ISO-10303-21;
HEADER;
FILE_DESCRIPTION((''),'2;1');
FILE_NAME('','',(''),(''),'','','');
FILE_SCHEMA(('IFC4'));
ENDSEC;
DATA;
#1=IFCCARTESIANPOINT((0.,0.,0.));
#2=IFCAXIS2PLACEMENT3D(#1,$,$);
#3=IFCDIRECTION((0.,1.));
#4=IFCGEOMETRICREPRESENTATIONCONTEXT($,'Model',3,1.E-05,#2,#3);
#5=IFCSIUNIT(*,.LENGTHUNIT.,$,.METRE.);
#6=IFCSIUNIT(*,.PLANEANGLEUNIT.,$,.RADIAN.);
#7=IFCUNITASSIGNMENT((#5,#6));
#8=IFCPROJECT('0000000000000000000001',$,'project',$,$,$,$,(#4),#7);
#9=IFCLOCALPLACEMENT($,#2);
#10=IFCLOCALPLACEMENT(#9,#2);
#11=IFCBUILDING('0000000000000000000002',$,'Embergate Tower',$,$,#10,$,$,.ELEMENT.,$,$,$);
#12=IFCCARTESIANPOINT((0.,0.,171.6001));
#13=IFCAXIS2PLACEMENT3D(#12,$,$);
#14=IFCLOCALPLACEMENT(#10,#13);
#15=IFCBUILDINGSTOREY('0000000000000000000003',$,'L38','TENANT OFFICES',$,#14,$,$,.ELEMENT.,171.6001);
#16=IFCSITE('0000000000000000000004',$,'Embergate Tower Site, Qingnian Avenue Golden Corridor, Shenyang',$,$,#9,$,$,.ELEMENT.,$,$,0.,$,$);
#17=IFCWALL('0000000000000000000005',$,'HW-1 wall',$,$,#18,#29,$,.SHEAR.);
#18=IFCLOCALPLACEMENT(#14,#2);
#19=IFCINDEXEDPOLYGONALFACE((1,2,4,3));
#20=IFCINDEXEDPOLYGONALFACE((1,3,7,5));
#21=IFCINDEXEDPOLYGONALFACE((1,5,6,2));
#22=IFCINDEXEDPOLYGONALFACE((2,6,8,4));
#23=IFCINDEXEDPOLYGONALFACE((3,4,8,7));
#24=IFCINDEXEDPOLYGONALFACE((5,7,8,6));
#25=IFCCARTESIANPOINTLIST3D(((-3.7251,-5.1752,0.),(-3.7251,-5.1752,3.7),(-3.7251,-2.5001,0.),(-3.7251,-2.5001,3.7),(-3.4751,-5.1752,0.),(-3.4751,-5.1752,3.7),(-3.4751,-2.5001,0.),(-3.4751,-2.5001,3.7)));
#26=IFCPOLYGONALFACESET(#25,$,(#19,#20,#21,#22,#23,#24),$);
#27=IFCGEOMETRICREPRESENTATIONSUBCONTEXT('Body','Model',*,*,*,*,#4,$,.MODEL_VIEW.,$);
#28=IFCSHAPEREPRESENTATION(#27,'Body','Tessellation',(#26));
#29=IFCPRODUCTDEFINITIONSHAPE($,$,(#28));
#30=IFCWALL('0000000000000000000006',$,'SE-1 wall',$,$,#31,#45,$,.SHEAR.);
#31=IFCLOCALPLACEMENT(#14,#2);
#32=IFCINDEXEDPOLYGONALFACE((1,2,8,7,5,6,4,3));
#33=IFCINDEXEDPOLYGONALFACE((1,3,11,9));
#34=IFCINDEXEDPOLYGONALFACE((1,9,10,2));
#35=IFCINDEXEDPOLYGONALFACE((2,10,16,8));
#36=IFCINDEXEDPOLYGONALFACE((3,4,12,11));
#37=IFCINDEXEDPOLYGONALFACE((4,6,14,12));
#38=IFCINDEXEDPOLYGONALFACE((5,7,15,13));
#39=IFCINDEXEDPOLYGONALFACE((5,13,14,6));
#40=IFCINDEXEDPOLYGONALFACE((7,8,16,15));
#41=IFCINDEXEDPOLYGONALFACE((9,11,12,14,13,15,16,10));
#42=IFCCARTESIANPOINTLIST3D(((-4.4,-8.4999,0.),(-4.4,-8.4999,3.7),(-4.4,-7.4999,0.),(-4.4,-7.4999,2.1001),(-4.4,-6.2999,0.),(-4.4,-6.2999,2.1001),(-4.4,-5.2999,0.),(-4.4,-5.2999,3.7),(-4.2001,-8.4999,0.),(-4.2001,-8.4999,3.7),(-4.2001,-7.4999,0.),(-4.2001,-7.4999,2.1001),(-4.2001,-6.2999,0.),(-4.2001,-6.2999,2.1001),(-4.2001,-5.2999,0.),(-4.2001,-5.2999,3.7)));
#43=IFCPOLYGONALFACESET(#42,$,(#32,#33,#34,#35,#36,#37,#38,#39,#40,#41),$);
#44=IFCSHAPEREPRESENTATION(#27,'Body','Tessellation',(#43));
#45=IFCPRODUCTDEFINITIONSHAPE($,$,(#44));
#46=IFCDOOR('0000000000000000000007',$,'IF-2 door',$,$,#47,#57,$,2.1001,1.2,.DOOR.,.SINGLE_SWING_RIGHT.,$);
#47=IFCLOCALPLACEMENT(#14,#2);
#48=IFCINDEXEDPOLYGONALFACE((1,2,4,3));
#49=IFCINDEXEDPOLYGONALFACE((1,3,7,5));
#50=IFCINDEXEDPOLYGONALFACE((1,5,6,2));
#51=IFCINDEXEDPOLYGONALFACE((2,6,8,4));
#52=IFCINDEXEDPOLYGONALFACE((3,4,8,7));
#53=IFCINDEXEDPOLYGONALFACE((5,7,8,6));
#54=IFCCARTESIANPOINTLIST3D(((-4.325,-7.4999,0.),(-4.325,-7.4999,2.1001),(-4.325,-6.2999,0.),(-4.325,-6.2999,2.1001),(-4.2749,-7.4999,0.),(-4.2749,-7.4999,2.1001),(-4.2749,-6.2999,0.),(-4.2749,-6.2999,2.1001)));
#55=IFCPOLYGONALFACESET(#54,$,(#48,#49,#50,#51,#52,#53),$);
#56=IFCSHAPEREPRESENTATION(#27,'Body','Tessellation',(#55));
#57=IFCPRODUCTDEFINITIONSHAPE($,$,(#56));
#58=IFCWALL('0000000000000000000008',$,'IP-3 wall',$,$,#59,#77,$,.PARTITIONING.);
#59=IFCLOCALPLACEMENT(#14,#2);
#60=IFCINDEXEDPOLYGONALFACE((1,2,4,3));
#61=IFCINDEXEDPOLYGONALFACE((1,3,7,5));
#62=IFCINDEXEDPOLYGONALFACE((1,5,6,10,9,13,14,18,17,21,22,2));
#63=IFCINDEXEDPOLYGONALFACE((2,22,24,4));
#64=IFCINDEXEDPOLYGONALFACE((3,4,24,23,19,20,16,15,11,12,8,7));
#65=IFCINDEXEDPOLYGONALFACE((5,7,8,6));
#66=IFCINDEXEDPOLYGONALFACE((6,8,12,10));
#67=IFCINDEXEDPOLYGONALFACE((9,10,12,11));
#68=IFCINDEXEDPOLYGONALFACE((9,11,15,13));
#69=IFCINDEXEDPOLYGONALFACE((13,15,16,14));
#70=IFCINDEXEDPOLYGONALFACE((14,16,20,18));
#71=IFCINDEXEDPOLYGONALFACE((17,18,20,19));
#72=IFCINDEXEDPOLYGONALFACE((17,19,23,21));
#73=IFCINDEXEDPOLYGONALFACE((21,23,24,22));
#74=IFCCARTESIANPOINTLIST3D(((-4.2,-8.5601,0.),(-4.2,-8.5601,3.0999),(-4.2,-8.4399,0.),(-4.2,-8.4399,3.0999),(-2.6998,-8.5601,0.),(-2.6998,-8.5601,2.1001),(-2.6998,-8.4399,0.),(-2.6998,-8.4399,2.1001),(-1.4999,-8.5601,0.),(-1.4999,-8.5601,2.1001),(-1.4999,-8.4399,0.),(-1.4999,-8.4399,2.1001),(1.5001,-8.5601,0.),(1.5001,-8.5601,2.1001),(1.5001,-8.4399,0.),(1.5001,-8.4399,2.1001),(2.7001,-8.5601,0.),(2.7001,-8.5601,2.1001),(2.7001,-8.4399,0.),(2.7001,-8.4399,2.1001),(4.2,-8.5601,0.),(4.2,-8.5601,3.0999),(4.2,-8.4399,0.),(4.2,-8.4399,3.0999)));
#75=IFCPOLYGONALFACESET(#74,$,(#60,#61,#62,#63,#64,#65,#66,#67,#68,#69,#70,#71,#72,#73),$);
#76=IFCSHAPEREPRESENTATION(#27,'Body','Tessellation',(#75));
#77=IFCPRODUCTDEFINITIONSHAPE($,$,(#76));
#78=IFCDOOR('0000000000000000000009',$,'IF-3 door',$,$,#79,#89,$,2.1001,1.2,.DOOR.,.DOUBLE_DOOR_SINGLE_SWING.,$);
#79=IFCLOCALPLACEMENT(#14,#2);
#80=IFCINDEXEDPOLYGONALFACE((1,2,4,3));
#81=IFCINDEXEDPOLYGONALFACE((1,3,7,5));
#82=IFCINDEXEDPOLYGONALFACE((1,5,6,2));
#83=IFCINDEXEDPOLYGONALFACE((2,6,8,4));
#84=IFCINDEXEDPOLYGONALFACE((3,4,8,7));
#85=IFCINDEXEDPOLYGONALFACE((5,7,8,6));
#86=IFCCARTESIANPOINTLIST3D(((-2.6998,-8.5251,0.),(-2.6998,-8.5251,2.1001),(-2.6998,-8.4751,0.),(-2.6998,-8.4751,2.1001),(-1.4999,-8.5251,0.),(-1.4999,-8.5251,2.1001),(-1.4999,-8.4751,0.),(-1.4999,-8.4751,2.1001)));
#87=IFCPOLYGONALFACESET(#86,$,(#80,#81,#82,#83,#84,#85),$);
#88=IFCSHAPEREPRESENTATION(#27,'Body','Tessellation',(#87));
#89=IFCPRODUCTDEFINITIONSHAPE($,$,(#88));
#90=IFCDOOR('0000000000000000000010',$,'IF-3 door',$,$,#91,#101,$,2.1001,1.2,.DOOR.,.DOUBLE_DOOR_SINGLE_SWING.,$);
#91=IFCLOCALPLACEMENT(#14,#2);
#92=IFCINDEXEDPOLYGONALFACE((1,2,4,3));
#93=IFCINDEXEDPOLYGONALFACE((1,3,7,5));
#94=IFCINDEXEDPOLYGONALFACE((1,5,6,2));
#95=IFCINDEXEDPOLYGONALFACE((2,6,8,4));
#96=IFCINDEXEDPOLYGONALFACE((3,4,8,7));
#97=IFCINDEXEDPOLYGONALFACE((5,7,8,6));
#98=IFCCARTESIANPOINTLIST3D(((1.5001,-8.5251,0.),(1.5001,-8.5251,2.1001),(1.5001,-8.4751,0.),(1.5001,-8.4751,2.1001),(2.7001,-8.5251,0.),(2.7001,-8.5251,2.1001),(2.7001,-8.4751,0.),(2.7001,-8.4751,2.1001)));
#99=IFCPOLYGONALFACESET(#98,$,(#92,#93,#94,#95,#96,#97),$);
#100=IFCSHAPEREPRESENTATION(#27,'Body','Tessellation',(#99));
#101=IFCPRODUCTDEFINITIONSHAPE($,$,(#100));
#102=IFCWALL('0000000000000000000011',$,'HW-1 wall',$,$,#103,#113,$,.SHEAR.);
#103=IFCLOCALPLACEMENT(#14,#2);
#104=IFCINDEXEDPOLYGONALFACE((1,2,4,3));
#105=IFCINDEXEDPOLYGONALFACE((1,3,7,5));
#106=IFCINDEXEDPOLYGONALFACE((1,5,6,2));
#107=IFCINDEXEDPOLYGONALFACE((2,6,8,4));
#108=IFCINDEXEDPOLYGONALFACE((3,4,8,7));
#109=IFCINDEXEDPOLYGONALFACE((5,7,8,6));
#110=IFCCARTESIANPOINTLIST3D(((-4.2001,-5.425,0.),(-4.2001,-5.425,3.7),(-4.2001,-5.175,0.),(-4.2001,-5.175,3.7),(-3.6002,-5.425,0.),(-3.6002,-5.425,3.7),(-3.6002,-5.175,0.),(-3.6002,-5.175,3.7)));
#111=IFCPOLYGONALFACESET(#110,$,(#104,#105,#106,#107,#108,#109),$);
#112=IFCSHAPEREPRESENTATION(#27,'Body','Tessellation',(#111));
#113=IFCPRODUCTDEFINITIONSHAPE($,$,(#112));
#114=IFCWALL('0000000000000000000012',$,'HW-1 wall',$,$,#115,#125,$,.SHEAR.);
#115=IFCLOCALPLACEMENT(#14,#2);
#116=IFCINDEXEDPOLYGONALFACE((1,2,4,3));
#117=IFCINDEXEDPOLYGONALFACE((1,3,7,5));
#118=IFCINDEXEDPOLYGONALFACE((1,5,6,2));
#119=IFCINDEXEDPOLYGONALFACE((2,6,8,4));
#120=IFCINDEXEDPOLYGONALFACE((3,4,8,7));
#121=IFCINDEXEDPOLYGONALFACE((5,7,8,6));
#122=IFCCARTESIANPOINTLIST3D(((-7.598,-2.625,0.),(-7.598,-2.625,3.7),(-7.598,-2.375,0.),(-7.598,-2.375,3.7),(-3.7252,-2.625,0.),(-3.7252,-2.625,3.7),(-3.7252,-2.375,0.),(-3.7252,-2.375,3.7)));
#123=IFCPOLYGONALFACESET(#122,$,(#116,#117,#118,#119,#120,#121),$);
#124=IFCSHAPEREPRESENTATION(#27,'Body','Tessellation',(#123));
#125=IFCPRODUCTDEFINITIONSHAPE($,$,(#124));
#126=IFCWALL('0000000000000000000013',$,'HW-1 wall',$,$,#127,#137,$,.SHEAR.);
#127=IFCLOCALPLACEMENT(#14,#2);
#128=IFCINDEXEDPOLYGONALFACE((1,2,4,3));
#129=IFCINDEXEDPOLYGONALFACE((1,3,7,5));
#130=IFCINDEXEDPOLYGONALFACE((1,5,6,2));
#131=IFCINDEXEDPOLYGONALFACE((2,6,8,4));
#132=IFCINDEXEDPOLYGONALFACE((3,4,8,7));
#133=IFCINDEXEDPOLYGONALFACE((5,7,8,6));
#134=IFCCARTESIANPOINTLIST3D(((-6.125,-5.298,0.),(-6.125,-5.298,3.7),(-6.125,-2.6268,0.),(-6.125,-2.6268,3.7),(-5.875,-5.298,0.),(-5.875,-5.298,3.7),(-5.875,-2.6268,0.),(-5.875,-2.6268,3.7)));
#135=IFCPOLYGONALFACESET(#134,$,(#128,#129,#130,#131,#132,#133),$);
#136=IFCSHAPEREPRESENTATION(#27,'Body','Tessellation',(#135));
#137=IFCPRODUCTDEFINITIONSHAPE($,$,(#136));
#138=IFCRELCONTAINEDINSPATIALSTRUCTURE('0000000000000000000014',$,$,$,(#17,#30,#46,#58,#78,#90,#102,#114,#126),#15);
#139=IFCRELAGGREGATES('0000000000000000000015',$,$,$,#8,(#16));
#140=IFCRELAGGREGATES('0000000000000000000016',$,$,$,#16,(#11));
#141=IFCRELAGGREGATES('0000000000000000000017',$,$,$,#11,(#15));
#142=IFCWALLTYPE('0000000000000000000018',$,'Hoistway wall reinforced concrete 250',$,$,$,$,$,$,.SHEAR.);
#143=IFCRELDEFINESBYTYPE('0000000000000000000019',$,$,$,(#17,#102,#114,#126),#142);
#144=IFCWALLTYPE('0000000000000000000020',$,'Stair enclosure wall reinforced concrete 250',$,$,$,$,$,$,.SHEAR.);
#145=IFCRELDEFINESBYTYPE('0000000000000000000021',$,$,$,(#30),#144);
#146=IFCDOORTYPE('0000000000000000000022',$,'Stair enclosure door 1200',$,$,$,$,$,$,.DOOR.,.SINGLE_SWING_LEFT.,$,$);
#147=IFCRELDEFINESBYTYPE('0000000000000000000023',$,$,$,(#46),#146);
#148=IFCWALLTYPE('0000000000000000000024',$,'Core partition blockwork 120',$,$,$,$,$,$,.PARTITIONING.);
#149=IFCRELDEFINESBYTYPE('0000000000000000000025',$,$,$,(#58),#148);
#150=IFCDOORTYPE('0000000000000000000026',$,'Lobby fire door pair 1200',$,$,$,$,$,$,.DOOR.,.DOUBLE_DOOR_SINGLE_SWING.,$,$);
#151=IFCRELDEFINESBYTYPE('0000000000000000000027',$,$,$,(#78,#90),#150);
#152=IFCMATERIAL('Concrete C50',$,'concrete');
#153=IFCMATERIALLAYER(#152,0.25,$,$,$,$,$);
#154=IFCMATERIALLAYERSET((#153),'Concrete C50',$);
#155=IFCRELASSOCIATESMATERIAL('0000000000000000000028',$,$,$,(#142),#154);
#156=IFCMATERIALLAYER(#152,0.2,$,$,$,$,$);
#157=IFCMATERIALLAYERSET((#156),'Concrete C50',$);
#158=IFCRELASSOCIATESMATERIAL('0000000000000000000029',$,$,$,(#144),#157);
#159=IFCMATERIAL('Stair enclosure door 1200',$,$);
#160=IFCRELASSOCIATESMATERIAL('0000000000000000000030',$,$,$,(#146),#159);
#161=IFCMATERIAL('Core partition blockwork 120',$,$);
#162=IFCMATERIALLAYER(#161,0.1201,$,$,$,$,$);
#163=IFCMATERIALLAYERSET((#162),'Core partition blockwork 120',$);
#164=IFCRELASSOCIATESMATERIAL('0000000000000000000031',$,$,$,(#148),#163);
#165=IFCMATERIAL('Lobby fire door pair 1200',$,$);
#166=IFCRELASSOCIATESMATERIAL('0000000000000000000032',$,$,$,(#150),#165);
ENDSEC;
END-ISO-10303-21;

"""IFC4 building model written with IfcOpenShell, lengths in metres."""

from ifc_helpers import new_model, si_unit, direction, frame, frame_2d, origin, place, context, subcontext, project, spatial, rectangle, extrude, source, transform, mapped, material, layer, layer_set, type_object, element, fill, save


model = new_model("IFC4")

# Units and contexts
model_context = context("Model", 3, precision=1e-05, world=origin(), true_north=direction((0.0, 1.0)))
body_context = subcontext(model_context, "Body", "Model", "MODEL_VIEW")
ifc_project = project(units=[si_unit("LENGTHUNIT", "METRE"), si_unit("PLANEANGLEUNIT", "RADIAN")], contexts=[model_context])

# Site, building, storey
site_placement = place(None, origin())
site = spatial("IfcSite", under=ifc_project, at=site_placement, Name="Embergate Tower Site, Qingnian Avenue Golden Corridor, Shenyang", CompositionType="ELEMENT", RefElevation=0.0)
building_placement = place(site_placement, origin())
building = spatial("IfcBuilding", under=site, at=building_placement, Name="Embergate Tower", CompositionType="ELEMENT")
storey_placement = place(building_placement, frame((0.0, 0.0, 171.6001)))
storey = spatial("IfcBuildingStorey", under=building, at=storey_placement, Name="L38", Description="TENANT OFFICES", CompositionType="ELEMENT", Elevation=171.6001)

# Wall
ifc_material_1 = material(Name="Concrete C50", Category="concrete")
ifc_layer_1 = layer(ifc_material_1, 0.25)
ifc_layer_set_1 = layer_set([ifc_layer_1], Name="Concrete C50")
wall_type_1 = type_object("IfcWallType", Name="Hoistway wall reinforced concrete 250", PredefinedType="SHEAR", material=ifc_layer_set_1)
shared_shape_1 = source(origin(), body_context, "Body", "SweptSolid", [
    extrude(rectangle(XDim=2.675, YDim=0.25, at=frame_2d((1.3374, 0.0))), origin(), (0.0, 0.0, 1.0), 3.7),
])
wall_1_placement = place(storey_placement, frame((-3.6001, -5.175, 0.0), z_axis=(0.0, 0.0, 1.0), x_axis=(0.0, 1.0, 0.0)))
element("IfcWall", 1, at=wall_1_placement, inside=storey, type_object=wall_type_1, Name="HW-1 wall", PredefinedType="SHEAR", context=body_context, shape_type="MappedRepresentation", body=[
    mapped(shared_shape_1, transform((0.0, 0.0, 0.0))),
])

# Wall, opening, door
ifc_layer_2 = layer(ifc_material_1, 0.2)
ifc_layer_set_2 = layer_set([ifc_layer_2], Name="Concrete C50")
wall_type_2 = type_object("IfcWallType", Name="Stair enclosure wall reinforced concrete 250", PredefinedType="SHEAR", material=ifc_layer_set_2)
shared_shape_2 = source(origin(), body_context, "Body", "SweptSolid", [
    extrude(rectangle(XDim=3.2, YDim=0.2, at=frame_2d((1.6001, 0.0))), origin(), (0.0, 0.0, 1.0), 3.7),
])
wall_2_placement = place(storey_placement, frame((-4.3, -8.5, 0.0), z_axis=(0.0, 0.0, 1.0), x_axis=(0.0, 1.0, 0.0)))
wall_2 = element("IfcWall", 2, at=wall_2_placement, inside=storey, type_object=wall_type_2, Name="SE-1 wall", PredefinedType="SHEAR", context=body_context, shape_type="MappedRepresentation", body=[
    mapped(shared_shape_2, transform((0.0, 0.0, 0.0))),
])
shared_shape_3 = source(origin(), body_context, "Body", "SweptSolid", [
    extrude(rectangle(XDim=1.2, YDim=2.1001, at=frame_2d((0.6001, 1.05))), frame((0.0, 0.1099, 0.0), z_axis=(0.0, -1.0, 0.0), x_axis=(1.0, 0.0, 0.0)), (0.0, 0.0, 1.0), 0.22),
])
opening_1_placement = place(wall_2_placement, frame((1.0, 0.0, 0.0)))
opening_1 = element("IfcOpeningElement", 3, at=opening_1_placement, cuts=wall_2, PredefinedType="OPENING", context=body_context, shape_type="MappedRepresentation", body=[
    mapped(shared_shape_3, transform((0.0, 0.0, 0.0))),
])
ifc_material_2 = material(Name="Stair enclosure door 1200")
door_type_1 = type_object("IfcDoorType", Name="Stair enclosure door 1200", OperationType="SINGLE_SWING_LEFT", PredefinedType="DOOR", material=ifc_material_2)
shared_shape_4 = source(origin(), body_context, "Body", "SweptSolid", [
    extrude(rectangle(XDim=1.2, YDim=2.1001, at=frame_2d((0.6001, 1.05))), frame((0.0, 0.0249, 0.0), z_axis=(0.0, -1.0, 0.0), x_axis=(1.0, 0.0, 0.0)), (0.0, 0.0, 1.0), 0.05),
])
door_1_placement = place(opening_1_placement, origin())
door_1 = element("IfcDoor", 4, at=door_1_placement, inside=storey, type_object=door_type_1, Name="IF-2 door", OperationType="SINGLE_SWING_RIGHT", OverallHeight=2.1001, OverallWidth=1.2, PredefinedType="DOOR", context=body_context, shape_type="MappedRepresentation", body=[
    mapped(shared_shape_4, transform((0.0, 0.0, 0.0))),
])
fill(opening_1, door_1)

# Wall, openings, doors
ifc_material_3 = material(Name="Core partition blockwork 120")
ifc_layer_3 = layer(ifc_material_3, 0.1201)
ifc_layer_set_3 = layer_set([ifc_layer_3], Name="Core partition blockwork 120")
wall_type_3 = type_object("IfcWallType", Name="Core partition blockwork 120", PredefinedType="PARTITIONING", material=ifc_layer_set_3)
shared_shape_5 = source(origin(), body_context, "Body", "SweptSolid", [
    extrude(rectangle(XDim=8.3999, YDim=0.1201, at=frame_2d((4.2, 0.0))), origin(), (0.0, 0.0, 1.0), 3.0999),
])
wall_3_placement = place(storey_placement, frame((-4.2, -8.5, 0.0), z_axis=(0.0, 0.0, 1.0), x_axis=(1.0, 0.0, 0.0)))
wall_3 = element("IfcWall", 5, at=wall_3_placement, inside=storey, type_object=wall_type_3, Name="IP-3 wall", PredefinedType="PARTITIONING", context=body_context, shape_type="MappedRepresentation", body=[
    mapped(shared_shape_5, transform((0.0, 0.0, 0.0))),
])
shared_shape_6 = source(origin(), body_context, "Body", "SweptSolid", [
    extrude(rectangle(XDim=1.2, YDim=2.1001, at=frame_2d((0.6001, 1.05))), frame((0.0, 0.0701, 0.0), z_axis=(0.0, -1.0, 0.0), x_axis=(1.0, 0.0, 0.0)), (0.0, 0.0, 1.0), 0.1401),
])
opening_2_placement = place(wall_3_placement, frame((1.5, 0.0, 0.0)))
opening_2 = element("IfcOpeningElement", 6, at=opening_2_placement, cuts=wall_3, PredefinedType="OPENING", context=body_context, shape_type="MappedRepresentation", body=[
    mapped(shared_shape_6, transform((0.0, 0.0, 0.0))),
])
opening_3_placement = place(wall_3_placement, frame((5.7, 0.0, 0.0)))
opening_3 = element("IfcOpeningElement", 7, at=opening_3_placement, cuts=wall_3, PredefinedType="OPENING", context=body_context, shape_type="MappedRepresentation", body=[
    mapped(shared_shape_6, transform((0.0, 0.0, 0.0))),
])
ifc_material_4 = material(Name="Lobby fire door pair 1200")
door_type_2 = type_object("IfcDoorType", Name="Lobby fire door pair 1200", OperationType="DOUBLE_DOOR_SINGLE_SWING", PredefinedType="DOOR", material=ifc_material_4)
door_2_placement = place(opening_2_placement, origin())
door_2 = element("IfcDoor", 8, at=door_2_placement, inside=storey, type_object=door_type_2, Name="IF-3 door", OperationType="DOUBLE_DOOR_SINGLE_SWING", OverallHeight=2.1001, OverallWidth=1.2, PredefinedType="DOOR", context=body_context, shape_type="MappedRepresentation", body=[
    mapped(shared_shape_4, transform((0.0, 0.0, 0.0))),
])
fill(opening_2, door_2)
door_3_placement = place(opening_3_placement, origin())
door_3 = element("IfcDoor", 9, at=door_3_placement, inside=storey, type_object=door_type_2, Name="IF-3 door", OperationType="DOUBLE_DOOR_SINGLE_SWING", OverallHeight=2.1001, OverallWidth=1.2, PredefinedType="DOOR", context=body_context, shape_type="MappedRepresentation", body=[
    mapped(shared_shape_4, transform((0.0, 0.0, 0.0))),
])
fill(opening_3, door_3)

# Walls
shared_shape_7 = source(origin(), body_context, "Body", "SweptSolid", [
    extrude(rectangle(XDim=0.5999, YDim=0.25, at=frame_2d((0.2998, 0.0))), origin(), (0.0, 0.0, 1.0), 3.7),
])
wall_4_placement = place(storey_placement, frame((-4.2, -5.3, 0.0), z_axis=(0.0, 0.0, 1.0), x_axis=(1.0, 0.0, 0.0)))
element("IfcWall", 10, at=wall_4_placement, inside=storey, type_object=wall_type_1, Name="HW-1 wall", PredefinedType="SHEAR", context=body_context, shape_type="MappedRepresentation", body=[
    mapped(shared_shape_7, transform((0.0, 0.0, 0.0))),
])
shared_shape_8 = source(origin(), body_context, "Body", "SweptSolid", [
    extrude(rectangle(XDim=3.8728, YDim=0.25, at=frame_2d((1.9365, 0.0))), origin(), (0.0, 0.0, 1.0), 3.7),
])
wall_5_placement = place(storey_placement, frame((-3.7251, -2.5, 0.0), z_axis=(0.0, 0.0, 1.0), x_axis=(-1.0, 0.0, 0.0)))
element("IfcWall", 11, at=wall_5_placement, inside=storey, type_object=wall_type_1, Name="HW-1 wall", PredefinedType="SHEAR", context=body_context, shape_type="MappedRepresentation", body=[
    mapped(shared_shape_8, transform((0.0, 0.0, 0.0))),
])
shared_shape_9 = source(origin(), body_context, "Body", "SweptSolid", [
    extrude(rectangle(XDim=2.6711, YDim=0.25, at=frame_2d((1.3354, 0.0))), origin(), (0.0, 0.0, 1.0), 3.7),
])
wall_6_placement = place(storey_placement, frame((-6.0, -2.627, 0.0), z_axis=(0.0, 0.0, 1.0), x_axis=(0.0, -1.0, 0.0)))
element("IfcWall", 12, at=wall_6_placement, inside=storey, type_object=wall_type_1, Name="HW-1 wall", PredefinedType="SHEAR", context=body_context, shape_type="MappedRepresentation", body=[
    mapped(shared_shape_9, transform((0.0, 0.0, 0.0))),
])

save(model, "model.ifc")
